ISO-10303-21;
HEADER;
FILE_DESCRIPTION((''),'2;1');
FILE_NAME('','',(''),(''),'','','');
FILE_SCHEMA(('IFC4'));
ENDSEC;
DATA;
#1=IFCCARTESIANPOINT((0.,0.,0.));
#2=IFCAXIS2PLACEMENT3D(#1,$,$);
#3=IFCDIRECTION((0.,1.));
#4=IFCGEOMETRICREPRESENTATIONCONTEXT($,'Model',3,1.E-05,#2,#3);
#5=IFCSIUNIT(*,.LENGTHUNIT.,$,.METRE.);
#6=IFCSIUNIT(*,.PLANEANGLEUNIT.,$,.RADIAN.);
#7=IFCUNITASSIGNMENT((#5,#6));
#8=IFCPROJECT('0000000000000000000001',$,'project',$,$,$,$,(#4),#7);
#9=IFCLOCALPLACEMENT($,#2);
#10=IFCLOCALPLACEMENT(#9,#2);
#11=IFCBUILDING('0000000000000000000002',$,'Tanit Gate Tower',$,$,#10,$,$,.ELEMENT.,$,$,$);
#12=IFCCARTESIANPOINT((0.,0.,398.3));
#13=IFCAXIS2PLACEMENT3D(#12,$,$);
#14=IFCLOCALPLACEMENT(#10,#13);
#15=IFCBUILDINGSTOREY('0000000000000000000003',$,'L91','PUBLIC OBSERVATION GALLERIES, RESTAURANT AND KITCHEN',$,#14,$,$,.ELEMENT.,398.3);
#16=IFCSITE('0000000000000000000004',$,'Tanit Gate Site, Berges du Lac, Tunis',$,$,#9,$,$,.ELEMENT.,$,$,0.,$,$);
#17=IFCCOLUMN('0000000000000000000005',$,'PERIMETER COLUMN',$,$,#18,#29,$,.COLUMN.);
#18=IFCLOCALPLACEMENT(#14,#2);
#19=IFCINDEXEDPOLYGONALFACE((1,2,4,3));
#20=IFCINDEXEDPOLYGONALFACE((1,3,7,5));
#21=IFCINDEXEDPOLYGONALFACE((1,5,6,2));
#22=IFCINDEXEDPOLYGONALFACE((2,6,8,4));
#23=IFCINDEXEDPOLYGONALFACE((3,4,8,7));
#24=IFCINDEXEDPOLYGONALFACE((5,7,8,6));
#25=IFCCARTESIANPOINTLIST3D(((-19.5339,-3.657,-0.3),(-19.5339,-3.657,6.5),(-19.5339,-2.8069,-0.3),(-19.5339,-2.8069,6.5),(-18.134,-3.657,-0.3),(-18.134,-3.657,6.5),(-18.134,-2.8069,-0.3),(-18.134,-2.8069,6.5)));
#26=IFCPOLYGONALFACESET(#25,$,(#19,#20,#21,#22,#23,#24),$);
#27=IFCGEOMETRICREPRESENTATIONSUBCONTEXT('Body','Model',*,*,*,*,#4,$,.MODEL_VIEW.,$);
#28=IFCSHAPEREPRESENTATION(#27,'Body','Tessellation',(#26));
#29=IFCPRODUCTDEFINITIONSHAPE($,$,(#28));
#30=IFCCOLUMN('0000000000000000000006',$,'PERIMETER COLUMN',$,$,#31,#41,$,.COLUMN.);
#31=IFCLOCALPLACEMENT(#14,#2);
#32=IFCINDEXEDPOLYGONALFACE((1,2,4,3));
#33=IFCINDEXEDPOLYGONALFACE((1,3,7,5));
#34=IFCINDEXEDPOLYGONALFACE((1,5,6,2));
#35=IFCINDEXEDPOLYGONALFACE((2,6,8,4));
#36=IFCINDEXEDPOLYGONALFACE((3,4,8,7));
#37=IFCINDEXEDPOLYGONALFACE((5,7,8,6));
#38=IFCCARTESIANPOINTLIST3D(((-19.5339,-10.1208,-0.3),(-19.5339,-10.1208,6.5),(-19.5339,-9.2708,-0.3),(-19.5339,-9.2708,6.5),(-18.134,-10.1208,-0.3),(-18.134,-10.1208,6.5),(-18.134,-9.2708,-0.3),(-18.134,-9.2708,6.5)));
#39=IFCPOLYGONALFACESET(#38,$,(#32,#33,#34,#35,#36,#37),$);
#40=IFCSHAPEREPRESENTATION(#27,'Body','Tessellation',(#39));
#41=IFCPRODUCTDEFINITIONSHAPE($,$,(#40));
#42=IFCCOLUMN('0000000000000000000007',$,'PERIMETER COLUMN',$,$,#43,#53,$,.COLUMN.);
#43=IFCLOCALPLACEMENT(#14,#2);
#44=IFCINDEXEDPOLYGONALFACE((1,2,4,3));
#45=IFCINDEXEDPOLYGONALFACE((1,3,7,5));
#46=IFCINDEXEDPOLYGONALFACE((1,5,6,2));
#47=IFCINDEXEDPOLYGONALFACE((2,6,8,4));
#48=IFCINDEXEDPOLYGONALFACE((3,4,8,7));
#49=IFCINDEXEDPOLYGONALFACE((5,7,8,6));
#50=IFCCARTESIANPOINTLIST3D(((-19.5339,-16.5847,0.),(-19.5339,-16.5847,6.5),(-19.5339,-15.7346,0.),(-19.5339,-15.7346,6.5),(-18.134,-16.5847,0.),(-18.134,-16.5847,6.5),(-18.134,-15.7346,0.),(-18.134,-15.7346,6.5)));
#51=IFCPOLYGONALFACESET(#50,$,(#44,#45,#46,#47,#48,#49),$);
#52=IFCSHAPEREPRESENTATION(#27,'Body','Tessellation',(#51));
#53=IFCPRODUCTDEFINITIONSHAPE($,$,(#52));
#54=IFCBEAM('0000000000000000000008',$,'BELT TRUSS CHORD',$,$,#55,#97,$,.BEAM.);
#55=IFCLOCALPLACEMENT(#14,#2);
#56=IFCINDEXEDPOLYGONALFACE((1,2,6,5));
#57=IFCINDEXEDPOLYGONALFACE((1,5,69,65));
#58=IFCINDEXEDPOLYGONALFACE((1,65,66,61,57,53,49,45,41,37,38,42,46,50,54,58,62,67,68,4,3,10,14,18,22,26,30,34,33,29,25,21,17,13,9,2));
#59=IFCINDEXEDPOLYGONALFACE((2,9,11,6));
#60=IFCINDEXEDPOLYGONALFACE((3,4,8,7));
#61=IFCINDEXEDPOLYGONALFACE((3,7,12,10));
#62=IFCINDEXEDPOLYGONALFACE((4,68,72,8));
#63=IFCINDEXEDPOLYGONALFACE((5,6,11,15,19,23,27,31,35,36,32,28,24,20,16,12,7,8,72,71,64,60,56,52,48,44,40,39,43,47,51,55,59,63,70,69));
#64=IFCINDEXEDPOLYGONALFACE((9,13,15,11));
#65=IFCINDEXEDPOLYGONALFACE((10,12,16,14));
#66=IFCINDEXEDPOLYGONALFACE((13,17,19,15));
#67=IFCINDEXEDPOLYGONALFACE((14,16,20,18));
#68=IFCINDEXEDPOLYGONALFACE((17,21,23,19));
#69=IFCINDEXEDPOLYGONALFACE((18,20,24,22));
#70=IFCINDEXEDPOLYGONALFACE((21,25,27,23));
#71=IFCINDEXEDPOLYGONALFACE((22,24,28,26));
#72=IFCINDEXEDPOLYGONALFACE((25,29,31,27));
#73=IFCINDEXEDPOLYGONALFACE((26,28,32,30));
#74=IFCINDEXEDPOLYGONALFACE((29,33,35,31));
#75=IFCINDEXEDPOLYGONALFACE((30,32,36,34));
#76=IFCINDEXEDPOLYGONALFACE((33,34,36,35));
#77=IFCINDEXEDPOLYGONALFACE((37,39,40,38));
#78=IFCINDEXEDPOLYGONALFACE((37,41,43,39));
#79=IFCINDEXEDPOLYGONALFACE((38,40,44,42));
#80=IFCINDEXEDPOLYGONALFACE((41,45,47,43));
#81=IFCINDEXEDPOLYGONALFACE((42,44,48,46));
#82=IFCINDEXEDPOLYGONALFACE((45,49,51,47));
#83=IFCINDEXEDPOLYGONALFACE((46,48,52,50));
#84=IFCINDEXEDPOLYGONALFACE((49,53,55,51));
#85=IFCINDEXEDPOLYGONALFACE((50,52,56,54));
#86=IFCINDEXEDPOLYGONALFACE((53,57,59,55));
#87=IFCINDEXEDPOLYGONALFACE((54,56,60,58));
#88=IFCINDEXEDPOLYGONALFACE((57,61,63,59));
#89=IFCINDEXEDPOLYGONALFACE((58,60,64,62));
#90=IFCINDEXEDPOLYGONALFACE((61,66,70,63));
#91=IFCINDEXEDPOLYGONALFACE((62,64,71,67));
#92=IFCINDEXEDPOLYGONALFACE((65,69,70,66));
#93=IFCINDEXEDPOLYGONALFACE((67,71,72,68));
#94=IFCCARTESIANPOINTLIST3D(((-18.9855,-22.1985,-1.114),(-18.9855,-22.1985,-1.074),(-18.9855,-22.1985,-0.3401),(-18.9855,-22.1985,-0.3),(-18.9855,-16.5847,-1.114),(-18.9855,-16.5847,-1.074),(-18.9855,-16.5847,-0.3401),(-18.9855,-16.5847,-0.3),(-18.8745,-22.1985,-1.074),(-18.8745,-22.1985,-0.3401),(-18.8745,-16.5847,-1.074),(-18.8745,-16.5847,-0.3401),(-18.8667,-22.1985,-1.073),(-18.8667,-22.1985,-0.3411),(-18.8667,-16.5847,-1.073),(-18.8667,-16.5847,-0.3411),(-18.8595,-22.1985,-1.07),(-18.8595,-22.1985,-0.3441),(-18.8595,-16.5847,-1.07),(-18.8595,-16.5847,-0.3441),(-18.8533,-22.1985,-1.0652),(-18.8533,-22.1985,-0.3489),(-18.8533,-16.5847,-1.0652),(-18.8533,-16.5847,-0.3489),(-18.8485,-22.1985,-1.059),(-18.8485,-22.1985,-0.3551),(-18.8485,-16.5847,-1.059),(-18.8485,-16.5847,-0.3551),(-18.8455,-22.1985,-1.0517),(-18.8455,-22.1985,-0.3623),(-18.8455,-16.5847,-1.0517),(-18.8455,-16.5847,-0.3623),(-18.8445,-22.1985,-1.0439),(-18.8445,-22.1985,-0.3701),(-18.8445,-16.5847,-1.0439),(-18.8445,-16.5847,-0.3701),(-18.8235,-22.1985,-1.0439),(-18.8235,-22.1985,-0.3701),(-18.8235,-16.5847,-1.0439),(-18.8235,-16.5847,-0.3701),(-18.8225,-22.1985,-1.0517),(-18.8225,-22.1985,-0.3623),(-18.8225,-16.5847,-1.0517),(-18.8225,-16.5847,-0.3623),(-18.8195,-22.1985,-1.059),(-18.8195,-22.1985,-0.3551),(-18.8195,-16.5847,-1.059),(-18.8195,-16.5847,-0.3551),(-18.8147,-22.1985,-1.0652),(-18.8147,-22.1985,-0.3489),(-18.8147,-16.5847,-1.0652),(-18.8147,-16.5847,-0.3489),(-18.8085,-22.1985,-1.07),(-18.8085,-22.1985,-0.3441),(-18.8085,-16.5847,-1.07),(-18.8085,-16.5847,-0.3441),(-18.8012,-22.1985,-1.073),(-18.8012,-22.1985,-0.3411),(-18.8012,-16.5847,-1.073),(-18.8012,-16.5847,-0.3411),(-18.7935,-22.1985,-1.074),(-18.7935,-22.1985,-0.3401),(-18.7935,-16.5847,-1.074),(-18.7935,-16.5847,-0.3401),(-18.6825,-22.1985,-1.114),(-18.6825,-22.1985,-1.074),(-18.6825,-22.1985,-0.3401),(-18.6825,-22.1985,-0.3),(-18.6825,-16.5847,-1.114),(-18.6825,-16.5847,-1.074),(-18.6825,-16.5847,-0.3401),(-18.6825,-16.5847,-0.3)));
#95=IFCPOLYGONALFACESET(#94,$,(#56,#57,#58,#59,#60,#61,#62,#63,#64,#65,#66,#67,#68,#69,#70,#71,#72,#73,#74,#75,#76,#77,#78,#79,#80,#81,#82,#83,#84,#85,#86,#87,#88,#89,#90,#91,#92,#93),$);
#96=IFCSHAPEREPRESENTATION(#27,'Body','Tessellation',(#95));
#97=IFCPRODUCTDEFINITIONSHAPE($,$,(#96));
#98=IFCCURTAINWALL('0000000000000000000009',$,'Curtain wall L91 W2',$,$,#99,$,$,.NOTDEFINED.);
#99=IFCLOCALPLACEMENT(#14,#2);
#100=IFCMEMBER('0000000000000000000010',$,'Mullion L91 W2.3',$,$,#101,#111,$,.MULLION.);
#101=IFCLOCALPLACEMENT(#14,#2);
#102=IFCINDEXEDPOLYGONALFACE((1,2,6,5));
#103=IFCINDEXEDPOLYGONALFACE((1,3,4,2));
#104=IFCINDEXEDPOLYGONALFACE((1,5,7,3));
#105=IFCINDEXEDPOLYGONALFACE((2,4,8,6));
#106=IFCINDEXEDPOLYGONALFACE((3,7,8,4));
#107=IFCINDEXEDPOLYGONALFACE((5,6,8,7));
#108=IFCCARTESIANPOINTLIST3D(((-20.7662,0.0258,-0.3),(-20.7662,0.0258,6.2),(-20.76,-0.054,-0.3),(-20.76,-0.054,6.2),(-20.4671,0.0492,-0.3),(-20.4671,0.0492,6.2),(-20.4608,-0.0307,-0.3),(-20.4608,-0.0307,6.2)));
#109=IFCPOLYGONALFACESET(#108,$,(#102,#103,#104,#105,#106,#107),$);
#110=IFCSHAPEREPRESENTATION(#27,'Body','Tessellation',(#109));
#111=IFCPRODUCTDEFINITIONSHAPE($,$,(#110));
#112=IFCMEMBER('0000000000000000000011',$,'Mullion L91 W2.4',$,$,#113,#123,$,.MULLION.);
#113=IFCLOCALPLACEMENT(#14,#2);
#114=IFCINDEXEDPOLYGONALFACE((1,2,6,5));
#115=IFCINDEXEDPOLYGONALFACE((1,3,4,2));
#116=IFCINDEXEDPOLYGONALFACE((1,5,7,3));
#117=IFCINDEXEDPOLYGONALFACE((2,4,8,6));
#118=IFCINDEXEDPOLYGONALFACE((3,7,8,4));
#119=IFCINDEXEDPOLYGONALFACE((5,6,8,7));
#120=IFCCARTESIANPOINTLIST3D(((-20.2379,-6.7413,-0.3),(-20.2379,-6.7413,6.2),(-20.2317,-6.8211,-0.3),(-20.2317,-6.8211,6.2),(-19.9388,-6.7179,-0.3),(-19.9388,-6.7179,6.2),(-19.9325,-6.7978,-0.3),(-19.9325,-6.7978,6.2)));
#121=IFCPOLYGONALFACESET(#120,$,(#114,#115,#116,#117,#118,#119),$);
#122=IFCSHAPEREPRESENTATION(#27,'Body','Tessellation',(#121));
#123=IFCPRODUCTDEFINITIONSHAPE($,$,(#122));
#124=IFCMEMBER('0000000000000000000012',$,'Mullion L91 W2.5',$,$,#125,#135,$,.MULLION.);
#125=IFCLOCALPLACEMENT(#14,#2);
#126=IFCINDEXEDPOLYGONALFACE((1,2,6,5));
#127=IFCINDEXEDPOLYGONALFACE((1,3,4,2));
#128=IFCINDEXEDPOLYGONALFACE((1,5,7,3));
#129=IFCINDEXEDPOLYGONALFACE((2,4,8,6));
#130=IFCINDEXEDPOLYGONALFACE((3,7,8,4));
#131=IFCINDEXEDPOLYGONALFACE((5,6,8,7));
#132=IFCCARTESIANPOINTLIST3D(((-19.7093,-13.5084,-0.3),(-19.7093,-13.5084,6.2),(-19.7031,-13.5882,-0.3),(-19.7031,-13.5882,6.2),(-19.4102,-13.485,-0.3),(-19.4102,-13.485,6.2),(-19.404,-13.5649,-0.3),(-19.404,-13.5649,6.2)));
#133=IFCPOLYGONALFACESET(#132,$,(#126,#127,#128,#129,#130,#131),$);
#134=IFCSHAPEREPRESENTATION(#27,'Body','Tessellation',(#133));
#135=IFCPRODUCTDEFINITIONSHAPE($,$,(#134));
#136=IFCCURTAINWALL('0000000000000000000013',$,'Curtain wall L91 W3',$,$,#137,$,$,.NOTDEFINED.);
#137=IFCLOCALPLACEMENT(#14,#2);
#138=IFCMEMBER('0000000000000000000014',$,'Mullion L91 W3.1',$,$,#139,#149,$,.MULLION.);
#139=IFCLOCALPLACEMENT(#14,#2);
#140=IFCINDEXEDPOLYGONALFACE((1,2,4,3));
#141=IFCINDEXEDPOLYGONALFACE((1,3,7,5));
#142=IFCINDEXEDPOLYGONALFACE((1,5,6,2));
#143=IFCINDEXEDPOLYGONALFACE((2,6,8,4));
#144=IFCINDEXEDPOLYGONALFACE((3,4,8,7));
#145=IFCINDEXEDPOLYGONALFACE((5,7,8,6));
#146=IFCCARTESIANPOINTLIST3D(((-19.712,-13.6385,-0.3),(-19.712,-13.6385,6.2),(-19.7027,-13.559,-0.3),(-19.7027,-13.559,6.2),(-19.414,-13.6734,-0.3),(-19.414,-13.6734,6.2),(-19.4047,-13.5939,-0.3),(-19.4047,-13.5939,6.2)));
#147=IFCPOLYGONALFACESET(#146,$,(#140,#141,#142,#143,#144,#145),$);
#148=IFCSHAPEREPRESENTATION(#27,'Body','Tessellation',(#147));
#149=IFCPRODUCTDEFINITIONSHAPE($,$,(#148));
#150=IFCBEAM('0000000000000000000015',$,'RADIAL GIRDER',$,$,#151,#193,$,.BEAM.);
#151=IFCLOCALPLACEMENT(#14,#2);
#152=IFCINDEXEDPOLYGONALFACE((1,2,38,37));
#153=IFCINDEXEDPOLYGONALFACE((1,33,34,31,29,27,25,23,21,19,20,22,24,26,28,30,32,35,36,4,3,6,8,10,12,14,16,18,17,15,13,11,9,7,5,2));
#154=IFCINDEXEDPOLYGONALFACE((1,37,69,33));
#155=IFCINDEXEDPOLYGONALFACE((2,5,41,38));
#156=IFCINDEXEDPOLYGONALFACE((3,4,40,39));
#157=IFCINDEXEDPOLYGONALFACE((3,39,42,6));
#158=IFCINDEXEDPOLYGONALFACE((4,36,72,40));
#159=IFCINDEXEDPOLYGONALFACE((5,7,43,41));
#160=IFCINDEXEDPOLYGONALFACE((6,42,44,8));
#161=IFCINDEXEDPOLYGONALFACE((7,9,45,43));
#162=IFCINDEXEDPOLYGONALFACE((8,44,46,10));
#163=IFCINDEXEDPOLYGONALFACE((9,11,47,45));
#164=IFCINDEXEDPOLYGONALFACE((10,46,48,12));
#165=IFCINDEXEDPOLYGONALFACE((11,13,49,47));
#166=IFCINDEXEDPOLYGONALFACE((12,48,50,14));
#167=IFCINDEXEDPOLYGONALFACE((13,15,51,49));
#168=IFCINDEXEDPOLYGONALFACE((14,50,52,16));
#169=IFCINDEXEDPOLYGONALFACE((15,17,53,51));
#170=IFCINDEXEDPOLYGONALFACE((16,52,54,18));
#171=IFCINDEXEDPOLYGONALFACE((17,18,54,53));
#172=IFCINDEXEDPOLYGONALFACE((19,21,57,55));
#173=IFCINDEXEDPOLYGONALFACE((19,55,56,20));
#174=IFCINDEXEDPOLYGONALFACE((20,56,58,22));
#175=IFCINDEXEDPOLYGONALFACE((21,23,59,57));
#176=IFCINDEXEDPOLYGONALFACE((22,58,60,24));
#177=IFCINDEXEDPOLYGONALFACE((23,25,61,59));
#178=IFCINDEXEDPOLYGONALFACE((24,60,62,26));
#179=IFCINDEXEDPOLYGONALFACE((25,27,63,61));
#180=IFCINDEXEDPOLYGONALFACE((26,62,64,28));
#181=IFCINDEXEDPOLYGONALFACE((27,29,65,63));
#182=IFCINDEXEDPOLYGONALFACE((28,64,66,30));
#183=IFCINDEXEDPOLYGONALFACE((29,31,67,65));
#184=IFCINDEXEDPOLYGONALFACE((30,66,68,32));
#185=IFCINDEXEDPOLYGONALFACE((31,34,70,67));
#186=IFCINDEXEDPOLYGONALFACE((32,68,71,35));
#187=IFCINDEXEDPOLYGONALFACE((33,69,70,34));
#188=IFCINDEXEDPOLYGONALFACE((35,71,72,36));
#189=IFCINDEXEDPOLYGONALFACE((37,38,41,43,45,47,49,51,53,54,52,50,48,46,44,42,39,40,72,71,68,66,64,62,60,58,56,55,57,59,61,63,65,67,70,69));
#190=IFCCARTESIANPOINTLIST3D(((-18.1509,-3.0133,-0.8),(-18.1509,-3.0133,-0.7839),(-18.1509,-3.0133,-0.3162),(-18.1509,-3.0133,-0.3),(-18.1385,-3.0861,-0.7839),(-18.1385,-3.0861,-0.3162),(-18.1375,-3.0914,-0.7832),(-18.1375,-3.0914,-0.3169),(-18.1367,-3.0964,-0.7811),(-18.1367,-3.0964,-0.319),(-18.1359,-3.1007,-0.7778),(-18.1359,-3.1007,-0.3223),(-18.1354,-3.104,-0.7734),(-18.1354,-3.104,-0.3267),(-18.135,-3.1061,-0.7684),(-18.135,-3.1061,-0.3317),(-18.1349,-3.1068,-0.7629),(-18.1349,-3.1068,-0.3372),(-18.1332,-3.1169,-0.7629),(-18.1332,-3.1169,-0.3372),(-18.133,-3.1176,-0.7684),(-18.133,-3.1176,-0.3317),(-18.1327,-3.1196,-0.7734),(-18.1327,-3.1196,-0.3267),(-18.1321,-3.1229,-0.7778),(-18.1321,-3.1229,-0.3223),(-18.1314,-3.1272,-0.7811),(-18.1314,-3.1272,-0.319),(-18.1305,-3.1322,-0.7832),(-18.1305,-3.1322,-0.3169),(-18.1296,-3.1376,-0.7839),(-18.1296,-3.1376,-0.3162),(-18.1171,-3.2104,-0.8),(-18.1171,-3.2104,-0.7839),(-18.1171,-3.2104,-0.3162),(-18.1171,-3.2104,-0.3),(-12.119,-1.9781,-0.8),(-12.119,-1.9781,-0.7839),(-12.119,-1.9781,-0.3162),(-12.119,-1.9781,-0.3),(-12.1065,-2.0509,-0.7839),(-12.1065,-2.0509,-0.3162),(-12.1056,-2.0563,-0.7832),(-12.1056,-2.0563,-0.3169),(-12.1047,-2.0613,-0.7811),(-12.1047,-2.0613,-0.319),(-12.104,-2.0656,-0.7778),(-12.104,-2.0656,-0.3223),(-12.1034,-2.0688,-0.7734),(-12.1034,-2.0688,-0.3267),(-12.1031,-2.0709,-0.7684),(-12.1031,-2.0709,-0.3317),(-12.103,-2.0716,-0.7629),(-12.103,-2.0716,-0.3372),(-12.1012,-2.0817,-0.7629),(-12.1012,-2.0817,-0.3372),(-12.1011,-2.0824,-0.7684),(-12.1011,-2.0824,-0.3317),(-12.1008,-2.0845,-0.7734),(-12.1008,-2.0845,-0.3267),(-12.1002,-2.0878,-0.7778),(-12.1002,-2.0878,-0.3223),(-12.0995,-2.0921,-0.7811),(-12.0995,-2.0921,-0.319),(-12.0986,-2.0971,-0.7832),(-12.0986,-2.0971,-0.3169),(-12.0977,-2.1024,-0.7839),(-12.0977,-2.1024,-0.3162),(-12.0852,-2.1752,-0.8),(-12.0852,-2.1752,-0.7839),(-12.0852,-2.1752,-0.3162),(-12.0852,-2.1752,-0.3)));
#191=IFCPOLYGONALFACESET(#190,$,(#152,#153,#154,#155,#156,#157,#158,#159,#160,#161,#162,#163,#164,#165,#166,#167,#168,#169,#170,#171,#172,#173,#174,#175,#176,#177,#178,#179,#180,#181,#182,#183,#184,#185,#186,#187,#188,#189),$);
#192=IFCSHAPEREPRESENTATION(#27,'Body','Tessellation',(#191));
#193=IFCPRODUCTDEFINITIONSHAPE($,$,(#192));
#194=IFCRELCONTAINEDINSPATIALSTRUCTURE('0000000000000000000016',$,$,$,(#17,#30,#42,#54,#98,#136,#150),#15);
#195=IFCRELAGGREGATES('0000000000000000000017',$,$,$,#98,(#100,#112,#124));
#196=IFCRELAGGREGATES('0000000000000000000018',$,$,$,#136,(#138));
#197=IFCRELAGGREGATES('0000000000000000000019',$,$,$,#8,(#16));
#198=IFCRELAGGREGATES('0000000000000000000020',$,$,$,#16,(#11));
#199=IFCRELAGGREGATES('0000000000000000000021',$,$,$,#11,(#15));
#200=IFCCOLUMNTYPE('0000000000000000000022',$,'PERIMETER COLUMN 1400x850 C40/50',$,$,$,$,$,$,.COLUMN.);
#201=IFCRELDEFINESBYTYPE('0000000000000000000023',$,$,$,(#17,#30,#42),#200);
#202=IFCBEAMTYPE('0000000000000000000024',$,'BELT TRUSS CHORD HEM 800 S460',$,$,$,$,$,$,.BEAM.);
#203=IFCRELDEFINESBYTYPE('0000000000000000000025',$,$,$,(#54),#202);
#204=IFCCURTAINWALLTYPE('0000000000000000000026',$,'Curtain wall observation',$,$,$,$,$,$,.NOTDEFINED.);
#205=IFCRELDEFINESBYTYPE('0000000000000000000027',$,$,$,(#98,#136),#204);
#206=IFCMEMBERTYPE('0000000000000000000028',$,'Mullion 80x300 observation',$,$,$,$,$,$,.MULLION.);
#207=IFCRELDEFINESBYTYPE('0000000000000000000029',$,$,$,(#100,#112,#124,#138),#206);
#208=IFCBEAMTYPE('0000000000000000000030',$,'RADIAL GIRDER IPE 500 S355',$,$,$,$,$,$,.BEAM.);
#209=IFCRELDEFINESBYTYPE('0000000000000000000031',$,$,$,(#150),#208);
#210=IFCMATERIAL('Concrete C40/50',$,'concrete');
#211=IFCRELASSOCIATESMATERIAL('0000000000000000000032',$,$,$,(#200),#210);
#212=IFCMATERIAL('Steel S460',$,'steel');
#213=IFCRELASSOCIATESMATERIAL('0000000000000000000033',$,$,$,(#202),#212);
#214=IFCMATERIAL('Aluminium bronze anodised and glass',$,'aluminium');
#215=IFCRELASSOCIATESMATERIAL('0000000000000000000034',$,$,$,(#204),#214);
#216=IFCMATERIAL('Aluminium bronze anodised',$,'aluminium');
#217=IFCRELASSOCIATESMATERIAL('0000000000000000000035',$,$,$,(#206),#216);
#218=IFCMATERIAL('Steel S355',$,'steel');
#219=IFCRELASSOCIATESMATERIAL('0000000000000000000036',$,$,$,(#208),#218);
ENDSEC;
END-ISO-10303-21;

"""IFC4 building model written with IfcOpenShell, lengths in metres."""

from ifc_helpers import new_model, si_unit, direction, frame, origin, origin_2d, place, context, subcontext, project, spatial, rectangle, i_section, extrude, material, material_profile, profile_set, type_object, element, aggregate, save


model = new_model("IFC4")

# Units and contexts
model_context = context("Model", 3, precision=1e-05, world=origin(), true_north=direction((0.0, 1.0)))
body_context = subcontext(model_context, "Body", "Model", "MODEL_VIEW")
ifc_project = project(units=[si_unit("LENGTHUNIT", "METRE"), si_unit("PLANEANGLEUNIT", "RADIAN")], contexts=[model_context])

# Site, building, storey
site_placement = place(None, origin())
site = spatial("IfcSite", under=ifc_project, at=site_placement, Name="Tanit Gate Site, Berges du Lac, Tunis", CompositionType="ELEMENT", RefElevation=0.0)
building_placement = place(site_placement, origin())
building = spatial("IfcBuilding", under=site, at=building_placement, Name="Tanit Gate Tower", CompositionType="ELEMENT")
storey_placement = place(building_placement, frame((0.0, 0.0, 398.3)))
storey = spatial("IfcBuildingStorey", under=building, at=storey_placement, Name="L91", Description="PUBLIC OBSERVATION GALLERIES, RESTAURANT AND KITCHEN", CompositionType="ELEMENT", Elevation=398.3)

# Columns
ifc_material_1 = material(Name="Concrete C40/50", Category="concrete")
ifc_material_profile_1 = material_profile(ifc_material_1, rectangle(XDim=1.3999, YDim=0.8501, at=origin_2d()), Name="RC 1400x850")
ifc_profile_set_1 = profile_set([ifc_material_profile_1], Name="Concrete C40/50")
column_type = type_object("IfcColumnType", Name="PERIMETER COLUMN 1400x850 C40/50", PredefinedType="COLUMN", material=ifc_profile_set_1)
for number, where, z_axis, x_axis, name in (
    (1, (-18.834, -3.2319, -0.3), (0.0, 0.0, 1.0), (-1.0, 0.0, 0.0), "PERIMETER COLUMN"),
    (2, (-18.834, -9.6958, -0.3), (0.0, 0.0, 1.0), (-1.0, 0.0, 0.0), "PERIMETER COLUMN"),
):
    element("IfcColumn", number, at=place(storey_placement, frame(where, z_axis=z_axis, x_axis=x_axis)), inside=storey, type_object=column_type, Name=name, PredefinedType="COLUMN", context=body_context, shape_type="SweptSolid", body=[
        extrude(rectangle(XDim=1.3999, YDim=0.8501, at=origin_2d()), origin(), (0.0, 0.0, 1.0), 6.8),
    ])
column_placement = place(storey_placement, frame((-18.834, -16.1597, 0.0), z_axis=(0.0, 0.0, 1.0), x_axis=(-1.0, 0.0, 0.0)))
element("IfcColumn", 3, at=column_placement, inside=storey, type_object=column_type, Name="PERIMETER COLUMN", PredefinedType="COLUMN", context=body_context, shape_type="SweptSolid", body=[
    extrude(rectangle(XDim=1.3999, YDim=0.8501, at=origin_2d()), origin(), (0.0, 0.0, 1.0), 6.5),
])

# Beam
ifc_material_2 = material(Name="Steel S460", Category="steel")
ifc_material_profile_2 = material_profile(ifc_material_2, i_section(OverallWidth=0.303, OverallDepth=0.814, WebThickness=0.021, FlangeThickness=0.04, FilletRadius=0.03, at=origin_2d()), Name="HEM 800")
ifc_profile_set_2 = profile_set([ifc_material_profile_2], Name="Steel S460")
beam_type_1 = type_object("IfcBeamType", Name="BELT TRUSS CHORD HEM 800 S460", PredefinedType="BEAM", material=ifc_profile_set_2)
beam_1_placement = place(storey_placement, frame((-18.834, -16.5847, -0.707), z_axis=(0.0, -1.0, 0.0), x_axis=(1.0, 0.0, 0.0)))
element("IfcBeam", 4, at=beam_1_placement, inside=storey, type_object=beam_type_1, Name="BELT TRUSS CHORD", PredefinedType="BEAM", context=body_context, shape_type="SweptSolid", body=[
    extrude(i_section(OverallWidth=0.303, OverallDepth=0.814, WebThickness=0.021, FlangeThickness=0.04, FilletRadius=0.03, at=origin_2d()), origin(), (0.0, 0.0, 1.0), 5.6138),
])

# Curtain wall, members
ifc_material_3 = material(Name="Aluminium bronze anodised and glass", Category="aluminium")
curtain_wall_type = type_object("IfcCurtainWallType", Name="Curtain wall observation", PredefinedType="NOTDEFINED", material=ifc_material_3)
curtain_wall_1_placement = place(storey_placement, origin())
curtain_wall_1 = element("IfcCurtainWall", 5, at=curtain_wall_1_placement, inside=storey, type_object=curtain_wall_type, Name="Curtain wall L91 W2", PredefinedType="NOTDEFINED")
ifc_material_4 = material(Name="Aluminium bronze anodised", Category="aluminium")
ifc_material_profile_3 = material_profile(ifc_material_4, rectangle(XDim=0.3, YDim=0.0801, at=origin_2d()), Name="80x300 bronze mullion")
ifc_profile_set_3 = profile_set([ifc_material_profile_3], Name="Aluminium bronze anodised")
member_type_1 = type_object("IfcMemberType", Name="Mullion 80x300 observation", PredefinedType="MULLION", material=ifc_profile_set_3)
member_1_placement = place(storey_placement, frame((-20.6135, -0.0024, -0.3), z_axis=(0.0, 0.0, 1.0), x_axis=(0.996966, 0.077839, 0.0)))
member_1 = element("IfcMember", 6, at=member_1_placement, type_object=member_type_1, Name="Mullion L91 W2.3", PredefinedType="MULLION", context=body_context, shape_type="SweptSolid", body=[
    extrude(rectangle(XDim=0.3, YDim=0.0801, at=origin_2d()), origin(), (0.0, 0.0, 1.0), 6.5),
])
member_2_placement = place(storey_placement, frame((-20.0852, -6.7695, -0.3), z_axis=(0.0, 0.0, 1.0), x_axis=(0.996966, 0.077839, 0.0)))
member_2 = element("IfcMember", 7, at=member_2_placement, type_object=member_type_1, Name="Mullion L91 W2.4", PredefinedType="MULLION", context=body_context, shape_type="SweptSolid", body=[
    extrude(rectangle(XDim=0.3, YDim=0.0801, at=origin_2d()), origin(), (0.0, 0.0, 1.0), 6.5),
])
member_3_placement = place(storey_placement, frame((-19.5566, -13.5366, -0.3), z_axis=(0.0, 0.0, 1.0), x_axis=(0.996966, 0.077839, 0.0)))
member_3 = element("IfcMember", 8, at=member_3_placement, type_object=member_type_1, Name="Mullion L91 W2.5", PredefinedType="MULLION", context=body_context, shape_type="SweptSolid", body=[
    extrude(rectangle(XDim=0.3, YDim=0.0801, at=origin_2d()), origin(), (0.0, 0.0, 1.0), 6.5),
])

# Curtain wall, member
curtain_wall_2_placement = place(storey_placement, origin())
curtain_wall_2 = element("IfcCurtainWall", 9, at=curtain_wall_2_placement, inside=storey, type_object=curtain_wall_type, Name="Curtain wall L91 W3", PredefinedType="NOTDEFINED")
member_4_placement = place(storey_placement, frame((-19.5583, -13.6162, -0.3), z_axis=(0.0, 0.0, 1.0), x_axis=(0.993212, -0.116318, 0.0)))
member_4 = element("IfcMember", 10, at=member_4_placement, type_object=member_type_1, Name="Mullion L91 W3.1", PredefinedType="MULLION", context=body_context, shape_type="SweptSolid", body=[
    extrude(rectangle(XDim=0.3, YDim=0.0801, at=origin_2d()), origin(), (0.0, 0.0, 1.0), 6.5),
])

# Beam
ifc_material_5 = material(Name="Steel S355", Category="steel")
ifc_material_profile_4 = material_profile(ifc_material_5, i_section(OverallWidth=0.2, OverallDepth=0.5, WebThickness=0.0103, FlangeThickness=0.0161, FilletRadius=0.021, at=origin_2d()), Name="IPE 500")
ifc_profile_set_4 = profile_set([ifc_material_profile_4], Name="Steel S355")
beam_type_2 = type_object("IfcBeamType", Name="RADIAL GIRDER IPE 500 S355", PredefinedType="BEAM", material=ifc_profile_set_4)
beam_2_placement = place(storey_placement, frame((-18.134, -3.1118, -0.55), z_axis=(0.985592, 0.169139, 0.0), x_axis=(-0.169139, 0.985592, 0.0)))
element("IfcBeam", 11, at=beam_2_placement, inside=storey, type_object=beam_type_2, Name="RADIAL GIRDER", PredefinedType="BEAM", context=body_context, shape_type="SweptSolid", body=[
    extrude(i_section(OverallWidth=0.2, OverallDepth=0.5, WebThickness=0.0103, FlangeThickness=0.0161, FilletRadius=0.021, at=origin_2d()), origin(), (0.0, 0.0, 1.0), 6.1201),
])

aggregate(curtain_wall_1, [member_1, member_2, member_3])
aggregate(curtain_wall_2, [member_4])

save(model, "model.ifc")
